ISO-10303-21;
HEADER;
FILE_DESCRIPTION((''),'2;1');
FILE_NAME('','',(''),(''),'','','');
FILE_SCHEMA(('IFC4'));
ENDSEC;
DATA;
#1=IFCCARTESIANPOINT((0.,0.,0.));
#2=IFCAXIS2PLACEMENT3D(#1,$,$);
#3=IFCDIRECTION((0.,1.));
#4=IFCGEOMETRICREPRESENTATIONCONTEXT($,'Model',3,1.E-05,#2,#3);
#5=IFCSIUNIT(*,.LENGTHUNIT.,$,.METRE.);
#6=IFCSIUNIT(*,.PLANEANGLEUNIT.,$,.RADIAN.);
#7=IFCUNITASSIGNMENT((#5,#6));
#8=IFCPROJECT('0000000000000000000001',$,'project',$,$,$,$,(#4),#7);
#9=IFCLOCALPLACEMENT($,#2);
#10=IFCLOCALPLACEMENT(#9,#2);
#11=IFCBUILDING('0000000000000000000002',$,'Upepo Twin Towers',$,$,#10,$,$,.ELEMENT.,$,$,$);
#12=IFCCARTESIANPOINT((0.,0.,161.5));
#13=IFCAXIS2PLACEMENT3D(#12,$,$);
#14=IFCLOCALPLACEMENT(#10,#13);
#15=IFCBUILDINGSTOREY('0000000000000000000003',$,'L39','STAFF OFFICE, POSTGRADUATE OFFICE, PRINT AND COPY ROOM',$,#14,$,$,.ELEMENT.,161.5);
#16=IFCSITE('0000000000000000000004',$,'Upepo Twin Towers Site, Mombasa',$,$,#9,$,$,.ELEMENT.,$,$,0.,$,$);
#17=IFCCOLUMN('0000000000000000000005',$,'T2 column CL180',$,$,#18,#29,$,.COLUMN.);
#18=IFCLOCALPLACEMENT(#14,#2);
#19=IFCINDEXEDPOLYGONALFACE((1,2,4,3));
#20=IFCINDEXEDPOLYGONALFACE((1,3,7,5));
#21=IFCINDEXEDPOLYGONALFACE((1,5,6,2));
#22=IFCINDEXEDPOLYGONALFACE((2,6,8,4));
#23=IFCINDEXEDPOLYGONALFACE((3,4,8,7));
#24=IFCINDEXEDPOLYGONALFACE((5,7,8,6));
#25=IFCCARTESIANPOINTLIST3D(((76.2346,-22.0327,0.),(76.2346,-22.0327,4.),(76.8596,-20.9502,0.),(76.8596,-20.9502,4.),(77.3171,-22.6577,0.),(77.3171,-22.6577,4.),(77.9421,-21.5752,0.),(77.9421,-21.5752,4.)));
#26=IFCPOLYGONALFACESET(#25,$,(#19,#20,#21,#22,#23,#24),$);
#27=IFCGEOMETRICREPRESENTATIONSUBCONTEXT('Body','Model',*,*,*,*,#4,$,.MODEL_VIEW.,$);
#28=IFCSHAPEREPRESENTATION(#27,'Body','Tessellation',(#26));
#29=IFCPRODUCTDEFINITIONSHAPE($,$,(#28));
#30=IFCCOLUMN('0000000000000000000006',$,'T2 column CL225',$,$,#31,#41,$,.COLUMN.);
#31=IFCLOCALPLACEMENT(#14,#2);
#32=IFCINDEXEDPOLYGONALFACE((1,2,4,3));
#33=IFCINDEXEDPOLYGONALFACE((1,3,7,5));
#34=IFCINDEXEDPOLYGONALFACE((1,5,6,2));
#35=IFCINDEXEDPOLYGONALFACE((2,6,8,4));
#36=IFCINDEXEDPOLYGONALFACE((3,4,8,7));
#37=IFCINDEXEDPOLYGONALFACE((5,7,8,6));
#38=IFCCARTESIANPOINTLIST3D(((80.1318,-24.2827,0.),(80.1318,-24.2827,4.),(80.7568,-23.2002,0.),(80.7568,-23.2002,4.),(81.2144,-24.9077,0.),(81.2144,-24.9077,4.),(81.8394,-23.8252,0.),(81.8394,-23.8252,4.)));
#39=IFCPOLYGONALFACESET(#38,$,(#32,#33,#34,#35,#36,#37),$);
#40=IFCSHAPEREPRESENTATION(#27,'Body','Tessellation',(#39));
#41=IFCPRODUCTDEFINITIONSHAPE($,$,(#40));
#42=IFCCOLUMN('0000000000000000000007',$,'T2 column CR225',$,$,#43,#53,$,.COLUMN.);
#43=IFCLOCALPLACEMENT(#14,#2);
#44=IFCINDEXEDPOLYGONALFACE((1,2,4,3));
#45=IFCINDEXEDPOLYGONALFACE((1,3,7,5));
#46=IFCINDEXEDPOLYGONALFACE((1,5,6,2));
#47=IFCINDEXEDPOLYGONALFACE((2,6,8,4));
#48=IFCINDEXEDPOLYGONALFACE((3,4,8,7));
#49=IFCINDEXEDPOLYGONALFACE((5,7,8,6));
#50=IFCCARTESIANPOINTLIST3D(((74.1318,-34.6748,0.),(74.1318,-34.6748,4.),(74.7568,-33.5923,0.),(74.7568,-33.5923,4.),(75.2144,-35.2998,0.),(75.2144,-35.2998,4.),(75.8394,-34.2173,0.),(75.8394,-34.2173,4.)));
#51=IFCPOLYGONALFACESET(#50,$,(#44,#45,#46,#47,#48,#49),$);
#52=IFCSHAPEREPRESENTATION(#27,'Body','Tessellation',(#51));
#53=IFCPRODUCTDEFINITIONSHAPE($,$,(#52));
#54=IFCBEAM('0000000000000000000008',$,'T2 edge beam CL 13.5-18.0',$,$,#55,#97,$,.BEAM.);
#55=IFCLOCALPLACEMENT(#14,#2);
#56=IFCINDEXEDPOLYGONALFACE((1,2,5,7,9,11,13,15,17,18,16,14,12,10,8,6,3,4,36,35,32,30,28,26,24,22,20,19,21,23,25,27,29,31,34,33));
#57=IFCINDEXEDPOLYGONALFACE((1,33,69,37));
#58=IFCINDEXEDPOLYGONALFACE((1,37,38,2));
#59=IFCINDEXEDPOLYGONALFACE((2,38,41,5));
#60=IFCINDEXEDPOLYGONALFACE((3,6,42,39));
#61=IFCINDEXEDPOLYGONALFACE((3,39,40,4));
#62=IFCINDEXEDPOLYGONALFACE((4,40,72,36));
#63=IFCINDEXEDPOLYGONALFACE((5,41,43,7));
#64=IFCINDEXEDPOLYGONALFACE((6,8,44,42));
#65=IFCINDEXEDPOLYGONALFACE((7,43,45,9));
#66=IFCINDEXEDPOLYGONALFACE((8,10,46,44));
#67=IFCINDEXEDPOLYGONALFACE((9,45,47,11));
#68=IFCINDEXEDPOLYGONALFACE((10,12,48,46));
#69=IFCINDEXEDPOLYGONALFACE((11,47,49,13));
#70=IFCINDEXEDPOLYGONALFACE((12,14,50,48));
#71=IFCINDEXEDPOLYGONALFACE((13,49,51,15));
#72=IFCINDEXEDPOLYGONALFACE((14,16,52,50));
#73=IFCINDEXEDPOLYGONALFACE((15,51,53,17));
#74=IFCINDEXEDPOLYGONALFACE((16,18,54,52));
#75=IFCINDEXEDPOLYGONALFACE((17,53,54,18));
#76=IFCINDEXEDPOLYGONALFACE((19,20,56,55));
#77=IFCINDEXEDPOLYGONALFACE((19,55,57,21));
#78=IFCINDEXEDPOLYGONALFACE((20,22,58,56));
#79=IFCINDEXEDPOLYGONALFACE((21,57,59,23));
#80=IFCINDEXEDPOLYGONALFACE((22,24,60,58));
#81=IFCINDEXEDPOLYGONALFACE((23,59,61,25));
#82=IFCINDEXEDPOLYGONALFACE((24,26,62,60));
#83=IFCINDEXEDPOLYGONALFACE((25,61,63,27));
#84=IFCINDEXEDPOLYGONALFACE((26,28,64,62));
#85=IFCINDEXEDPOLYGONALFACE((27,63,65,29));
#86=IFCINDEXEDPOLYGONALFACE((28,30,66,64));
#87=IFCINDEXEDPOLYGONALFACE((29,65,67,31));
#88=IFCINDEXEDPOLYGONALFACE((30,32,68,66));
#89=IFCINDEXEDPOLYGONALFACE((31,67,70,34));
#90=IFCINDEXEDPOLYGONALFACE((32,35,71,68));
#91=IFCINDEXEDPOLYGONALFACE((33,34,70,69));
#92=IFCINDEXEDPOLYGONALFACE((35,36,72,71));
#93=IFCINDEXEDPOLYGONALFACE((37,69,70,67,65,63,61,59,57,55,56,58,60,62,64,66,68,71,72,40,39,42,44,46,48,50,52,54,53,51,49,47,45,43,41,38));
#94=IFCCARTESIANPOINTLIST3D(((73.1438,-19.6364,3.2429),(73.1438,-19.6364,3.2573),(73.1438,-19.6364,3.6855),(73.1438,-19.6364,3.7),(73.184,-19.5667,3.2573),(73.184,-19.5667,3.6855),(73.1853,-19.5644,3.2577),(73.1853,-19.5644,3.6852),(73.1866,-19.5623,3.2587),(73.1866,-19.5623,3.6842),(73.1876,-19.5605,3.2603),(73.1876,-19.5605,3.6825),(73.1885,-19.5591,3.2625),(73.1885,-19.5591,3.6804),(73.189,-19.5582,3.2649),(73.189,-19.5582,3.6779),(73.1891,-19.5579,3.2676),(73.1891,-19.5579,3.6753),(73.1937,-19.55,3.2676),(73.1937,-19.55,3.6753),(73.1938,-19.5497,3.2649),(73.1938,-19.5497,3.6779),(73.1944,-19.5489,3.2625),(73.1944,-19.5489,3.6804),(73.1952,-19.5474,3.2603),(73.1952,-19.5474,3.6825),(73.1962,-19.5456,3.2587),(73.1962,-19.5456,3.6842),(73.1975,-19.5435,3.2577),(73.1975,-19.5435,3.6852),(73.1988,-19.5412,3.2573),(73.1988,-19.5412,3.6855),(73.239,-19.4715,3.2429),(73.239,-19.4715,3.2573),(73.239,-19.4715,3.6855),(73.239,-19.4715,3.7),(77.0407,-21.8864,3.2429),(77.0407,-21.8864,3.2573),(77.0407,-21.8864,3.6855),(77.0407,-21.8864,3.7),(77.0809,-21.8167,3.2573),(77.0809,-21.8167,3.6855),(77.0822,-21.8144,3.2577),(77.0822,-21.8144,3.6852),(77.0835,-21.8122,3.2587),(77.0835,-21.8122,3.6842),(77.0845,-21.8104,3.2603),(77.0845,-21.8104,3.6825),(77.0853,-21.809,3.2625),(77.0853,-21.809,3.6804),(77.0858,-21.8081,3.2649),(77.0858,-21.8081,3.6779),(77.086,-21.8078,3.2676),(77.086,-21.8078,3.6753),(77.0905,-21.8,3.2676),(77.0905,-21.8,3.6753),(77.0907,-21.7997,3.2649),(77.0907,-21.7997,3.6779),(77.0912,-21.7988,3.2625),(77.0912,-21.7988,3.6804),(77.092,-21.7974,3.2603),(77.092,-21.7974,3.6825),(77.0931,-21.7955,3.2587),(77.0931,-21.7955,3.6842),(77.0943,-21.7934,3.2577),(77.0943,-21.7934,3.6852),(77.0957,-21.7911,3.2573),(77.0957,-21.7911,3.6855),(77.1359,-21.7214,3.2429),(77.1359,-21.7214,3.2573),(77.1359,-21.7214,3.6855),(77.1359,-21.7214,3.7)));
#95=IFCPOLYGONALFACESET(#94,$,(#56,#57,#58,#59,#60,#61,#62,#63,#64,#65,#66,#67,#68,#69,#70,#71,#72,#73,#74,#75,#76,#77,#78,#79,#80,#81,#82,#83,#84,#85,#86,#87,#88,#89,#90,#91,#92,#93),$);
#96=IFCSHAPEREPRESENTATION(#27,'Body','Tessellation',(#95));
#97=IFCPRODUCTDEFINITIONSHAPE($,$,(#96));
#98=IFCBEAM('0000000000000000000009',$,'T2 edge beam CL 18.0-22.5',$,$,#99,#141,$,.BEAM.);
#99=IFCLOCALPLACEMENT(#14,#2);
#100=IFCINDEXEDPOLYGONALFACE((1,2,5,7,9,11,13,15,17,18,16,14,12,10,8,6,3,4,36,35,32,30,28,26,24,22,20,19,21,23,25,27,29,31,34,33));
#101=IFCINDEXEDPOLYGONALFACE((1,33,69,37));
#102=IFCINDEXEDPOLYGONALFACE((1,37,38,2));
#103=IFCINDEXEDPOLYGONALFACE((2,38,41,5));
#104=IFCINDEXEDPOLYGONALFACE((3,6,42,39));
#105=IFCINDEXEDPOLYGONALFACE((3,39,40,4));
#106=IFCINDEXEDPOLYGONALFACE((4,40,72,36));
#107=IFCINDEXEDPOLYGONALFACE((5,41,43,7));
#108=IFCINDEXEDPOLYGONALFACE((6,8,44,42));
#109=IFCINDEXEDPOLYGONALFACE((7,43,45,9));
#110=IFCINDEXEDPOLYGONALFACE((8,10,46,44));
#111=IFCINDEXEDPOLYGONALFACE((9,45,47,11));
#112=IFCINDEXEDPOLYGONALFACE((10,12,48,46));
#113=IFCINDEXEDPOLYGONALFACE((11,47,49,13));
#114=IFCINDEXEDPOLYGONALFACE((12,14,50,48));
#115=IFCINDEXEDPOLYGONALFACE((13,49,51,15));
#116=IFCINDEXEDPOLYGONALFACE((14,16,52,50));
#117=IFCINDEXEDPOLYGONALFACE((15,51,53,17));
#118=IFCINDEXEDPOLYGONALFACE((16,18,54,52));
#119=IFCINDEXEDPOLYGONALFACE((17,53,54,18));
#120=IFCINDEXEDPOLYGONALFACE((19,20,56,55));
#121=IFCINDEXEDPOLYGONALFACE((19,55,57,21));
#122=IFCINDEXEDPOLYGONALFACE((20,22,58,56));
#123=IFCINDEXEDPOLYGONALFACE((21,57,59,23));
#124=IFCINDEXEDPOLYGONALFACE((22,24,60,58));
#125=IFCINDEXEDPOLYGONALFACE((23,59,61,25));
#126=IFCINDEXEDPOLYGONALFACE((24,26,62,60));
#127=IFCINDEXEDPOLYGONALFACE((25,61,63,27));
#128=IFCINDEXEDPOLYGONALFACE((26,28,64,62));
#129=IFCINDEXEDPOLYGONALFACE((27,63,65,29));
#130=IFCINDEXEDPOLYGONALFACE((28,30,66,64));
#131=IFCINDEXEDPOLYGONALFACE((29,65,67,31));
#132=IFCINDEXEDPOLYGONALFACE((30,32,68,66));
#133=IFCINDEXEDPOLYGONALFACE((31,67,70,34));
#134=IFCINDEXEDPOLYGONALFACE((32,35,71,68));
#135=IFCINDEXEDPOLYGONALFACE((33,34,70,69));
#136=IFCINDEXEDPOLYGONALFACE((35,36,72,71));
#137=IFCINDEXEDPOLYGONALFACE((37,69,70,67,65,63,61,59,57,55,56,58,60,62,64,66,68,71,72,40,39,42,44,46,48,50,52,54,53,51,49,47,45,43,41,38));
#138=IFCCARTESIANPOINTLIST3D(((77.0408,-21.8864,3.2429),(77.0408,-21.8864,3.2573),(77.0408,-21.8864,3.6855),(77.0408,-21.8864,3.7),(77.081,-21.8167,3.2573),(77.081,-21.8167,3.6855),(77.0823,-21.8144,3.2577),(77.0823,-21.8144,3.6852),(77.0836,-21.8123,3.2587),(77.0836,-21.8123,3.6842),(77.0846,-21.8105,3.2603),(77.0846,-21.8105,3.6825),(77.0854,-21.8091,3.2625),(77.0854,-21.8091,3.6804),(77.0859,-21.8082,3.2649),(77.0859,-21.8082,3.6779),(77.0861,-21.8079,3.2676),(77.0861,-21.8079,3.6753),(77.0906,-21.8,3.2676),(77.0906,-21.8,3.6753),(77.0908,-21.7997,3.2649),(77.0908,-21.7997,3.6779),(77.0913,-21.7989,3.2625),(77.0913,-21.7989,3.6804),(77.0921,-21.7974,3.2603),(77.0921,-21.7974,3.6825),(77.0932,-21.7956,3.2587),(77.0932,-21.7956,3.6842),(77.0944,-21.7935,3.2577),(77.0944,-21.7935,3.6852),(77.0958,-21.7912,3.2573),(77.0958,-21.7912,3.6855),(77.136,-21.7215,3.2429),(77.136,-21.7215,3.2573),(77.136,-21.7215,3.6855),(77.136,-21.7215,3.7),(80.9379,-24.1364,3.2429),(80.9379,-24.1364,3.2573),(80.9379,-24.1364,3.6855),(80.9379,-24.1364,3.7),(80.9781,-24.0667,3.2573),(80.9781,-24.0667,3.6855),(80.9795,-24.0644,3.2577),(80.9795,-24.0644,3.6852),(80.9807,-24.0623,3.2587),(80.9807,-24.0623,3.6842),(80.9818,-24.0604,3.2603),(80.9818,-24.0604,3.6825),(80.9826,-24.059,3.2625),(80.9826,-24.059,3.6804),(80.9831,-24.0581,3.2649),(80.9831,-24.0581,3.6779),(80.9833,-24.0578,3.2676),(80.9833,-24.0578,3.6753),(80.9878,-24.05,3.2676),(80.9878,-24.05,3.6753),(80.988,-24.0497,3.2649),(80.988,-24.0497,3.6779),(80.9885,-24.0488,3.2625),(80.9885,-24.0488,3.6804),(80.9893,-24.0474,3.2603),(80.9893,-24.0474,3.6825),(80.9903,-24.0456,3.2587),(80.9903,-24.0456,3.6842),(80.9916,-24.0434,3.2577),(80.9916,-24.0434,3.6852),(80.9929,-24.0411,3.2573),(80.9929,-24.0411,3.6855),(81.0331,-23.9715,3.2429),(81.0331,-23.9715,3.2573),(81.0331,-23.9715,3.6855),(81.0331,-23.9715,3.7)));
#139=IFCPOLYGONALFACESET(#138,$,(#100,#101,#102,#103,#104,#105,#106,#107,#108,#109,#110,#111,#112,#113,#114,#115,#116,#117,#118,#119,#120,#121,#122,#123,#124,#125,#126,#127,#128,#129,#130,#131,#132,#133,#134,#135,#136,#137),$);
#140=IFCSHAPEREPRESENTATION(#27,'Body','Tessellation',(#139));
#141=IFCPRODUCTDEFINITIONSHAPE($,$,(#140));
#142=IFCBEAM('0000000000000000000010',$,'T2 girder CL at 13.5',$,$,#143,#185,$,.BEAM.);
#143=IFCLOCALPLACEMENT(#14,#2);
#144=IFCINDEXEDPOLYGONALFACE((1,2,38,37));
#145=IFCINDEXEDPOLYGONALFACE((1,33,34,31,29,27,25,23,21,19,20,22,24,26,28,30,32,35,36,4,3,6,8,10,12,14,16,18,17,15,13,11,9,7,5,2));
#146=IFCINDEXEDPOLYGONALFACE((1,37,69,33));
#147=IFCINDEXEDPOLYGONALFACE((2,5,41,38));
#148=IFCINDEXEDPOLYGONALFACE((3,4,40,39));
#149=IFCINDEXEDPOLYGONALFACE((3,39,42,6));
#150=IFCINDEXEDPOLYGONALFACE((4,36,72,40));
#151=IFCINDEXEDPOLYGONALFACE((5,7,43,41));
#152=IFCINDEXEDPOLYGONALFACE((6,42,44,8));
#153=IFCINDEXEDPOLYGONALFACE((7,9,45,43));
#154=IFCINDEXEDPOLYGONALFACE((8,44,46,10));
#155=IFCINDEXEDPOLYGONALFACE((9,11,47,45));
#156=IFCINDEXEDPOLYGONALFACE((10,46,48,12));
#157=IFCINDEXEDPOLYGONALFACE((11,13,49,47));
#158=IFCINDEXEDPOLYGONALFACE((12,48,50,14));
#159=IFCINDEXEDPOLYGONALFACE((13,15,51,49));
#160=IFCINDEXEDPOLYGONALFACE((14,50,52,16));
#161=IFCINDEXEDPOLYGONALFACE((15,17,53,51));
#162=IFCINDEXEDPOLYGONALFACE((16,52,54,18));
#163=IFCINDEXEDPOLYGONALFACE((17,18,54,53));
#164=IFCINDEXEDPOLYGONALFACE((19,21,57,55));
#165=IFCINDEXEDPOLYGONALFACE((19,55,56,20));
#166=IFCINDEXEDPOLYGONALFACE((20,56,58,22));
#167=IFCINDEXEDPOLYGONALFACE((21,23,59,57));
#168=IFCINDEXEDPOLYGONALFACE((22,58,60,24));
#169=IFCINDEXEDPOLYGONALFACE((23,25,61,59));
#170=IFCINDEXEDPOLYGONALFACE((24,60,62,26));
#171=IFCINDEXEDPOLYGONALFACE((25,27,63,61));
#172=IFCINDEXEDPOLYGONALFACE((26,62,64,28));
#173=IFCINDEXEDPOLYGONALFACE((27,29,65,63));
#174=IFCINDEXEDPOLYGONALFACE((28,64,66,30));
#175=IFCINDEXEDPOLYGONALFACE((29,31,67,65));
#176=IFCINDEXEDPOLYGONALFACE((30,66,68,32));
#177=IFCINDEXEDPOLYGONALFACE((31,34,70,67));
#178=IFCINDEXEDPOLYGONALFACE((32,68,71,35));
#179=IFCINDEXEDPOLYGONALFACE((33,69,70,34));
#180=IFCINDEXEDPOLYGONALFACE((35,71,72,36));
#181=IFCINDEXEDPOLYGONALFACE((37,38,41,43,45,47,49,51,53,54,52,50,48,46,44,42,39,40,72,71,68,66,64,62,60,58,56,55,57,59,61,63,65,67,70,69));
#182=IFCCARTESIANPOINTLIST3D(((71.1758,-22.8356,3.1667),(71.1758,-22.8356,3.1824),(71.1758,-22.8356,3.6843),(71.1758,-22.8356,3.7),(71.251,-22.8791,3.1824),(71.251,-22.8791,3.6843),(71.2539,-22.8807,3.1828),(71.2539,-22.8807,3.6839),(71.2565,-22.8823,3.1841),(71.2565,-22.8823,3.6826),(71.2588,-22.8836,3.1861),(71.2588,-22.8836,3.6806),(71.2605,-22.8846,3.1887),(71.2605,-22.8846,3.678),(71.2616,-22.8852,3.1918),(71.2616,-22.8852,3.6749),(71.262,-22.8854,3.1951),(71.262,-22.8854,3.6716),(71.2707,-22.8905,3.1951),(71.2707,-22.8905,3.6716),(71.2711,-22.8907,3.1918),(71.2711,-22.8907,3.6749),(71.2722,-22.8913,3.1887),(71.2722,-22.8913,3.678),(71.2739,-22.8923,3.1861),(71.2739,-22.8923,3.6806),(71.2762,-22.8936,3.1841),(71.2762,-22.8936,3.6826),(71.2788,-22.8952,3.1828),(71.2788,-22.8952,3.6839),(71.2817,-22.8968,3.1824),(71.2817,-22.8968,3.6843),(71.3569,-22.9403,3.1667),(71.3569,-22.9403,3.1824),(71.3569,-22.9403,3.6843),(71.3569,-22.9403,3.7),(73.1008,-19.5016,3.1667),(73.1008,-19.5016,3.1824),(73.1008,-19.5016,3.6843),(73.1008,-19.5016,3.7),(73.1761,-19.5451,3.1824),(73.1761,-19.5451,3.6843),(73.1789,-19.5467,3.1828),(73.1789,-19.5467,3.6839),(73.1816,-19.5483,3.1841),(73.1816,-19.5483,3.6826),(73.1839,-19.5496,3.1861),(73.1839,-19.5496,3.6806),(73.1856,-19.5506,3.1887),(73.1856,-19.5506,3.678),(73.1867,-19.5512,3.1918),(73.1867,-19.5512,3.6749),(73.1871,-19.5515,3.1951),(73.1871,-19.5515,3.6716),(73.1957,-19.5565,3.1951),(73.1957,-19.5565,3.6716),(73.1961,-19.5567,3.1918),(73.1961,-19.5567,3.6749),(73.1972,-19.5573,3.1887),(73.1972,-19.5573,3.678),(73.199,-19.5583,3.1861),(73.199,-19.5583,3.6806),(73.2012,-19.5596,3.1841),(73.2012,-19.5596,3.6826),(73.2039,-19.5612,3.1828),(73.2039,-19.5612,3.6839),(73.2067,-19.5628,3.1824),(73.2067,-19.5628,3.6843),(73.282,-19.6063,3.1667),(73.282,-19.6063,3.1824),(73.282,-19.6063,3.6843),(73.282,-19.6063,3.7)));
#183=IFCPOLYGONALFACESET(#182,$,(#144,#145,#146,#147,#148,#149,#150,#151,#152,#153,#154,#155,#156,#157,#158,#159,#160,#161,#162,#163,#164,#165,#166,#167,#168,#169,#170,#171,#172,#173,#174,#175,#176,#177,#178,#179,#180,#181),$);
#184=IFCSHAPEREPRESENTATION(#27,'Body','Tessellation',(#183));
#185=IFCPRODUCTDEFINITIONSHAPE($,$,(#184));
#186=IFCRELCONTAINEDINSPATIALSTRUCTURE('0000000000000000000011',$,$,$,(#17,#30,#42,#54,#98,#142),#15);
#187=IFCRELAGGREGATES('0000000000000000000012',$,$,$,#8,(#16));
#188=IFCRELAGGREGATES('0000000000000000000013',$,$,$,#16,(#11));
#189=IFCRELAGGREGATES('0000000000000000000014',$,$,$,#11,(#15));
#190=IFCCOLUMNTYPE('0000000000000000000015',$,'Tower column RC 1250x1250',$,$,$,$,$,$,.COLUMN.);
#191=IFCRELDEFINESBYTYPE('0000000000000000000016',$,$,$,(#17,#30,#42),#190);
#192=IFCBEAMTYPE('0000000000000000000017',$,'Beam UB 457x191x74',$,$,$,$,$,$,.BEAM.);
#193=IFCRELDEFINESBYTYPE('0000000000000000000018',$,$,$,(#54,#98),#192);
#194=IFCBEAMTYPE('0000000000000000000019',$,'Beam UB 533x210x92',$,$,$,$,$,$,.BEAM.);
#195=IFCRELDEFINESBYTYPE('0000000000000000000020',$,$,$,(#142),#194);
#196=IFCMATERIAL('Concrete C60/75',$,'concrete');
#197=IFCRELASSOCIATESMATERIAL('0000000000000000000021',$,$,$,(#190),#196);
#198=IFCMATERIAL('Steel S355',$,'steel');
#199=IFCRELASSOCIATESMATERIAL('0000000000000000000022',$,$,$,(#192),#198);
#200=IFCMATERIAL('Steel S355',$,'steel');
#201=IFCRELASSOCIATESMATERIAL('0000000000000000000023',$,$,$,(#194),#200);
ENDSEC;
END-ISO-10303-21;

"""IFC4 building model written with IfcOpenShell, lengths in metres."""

from ifc_helpers import new_model, si_unit, direction, frame, origin, origin_2d, place, context, subcontext, project, spatial, rectangle, i_section, extrude, material, material_profile, profile_set, type_object, element, save


model = new_model("IFC4")

# Units and contexts
model_context = context("Model", 3, precision=1e-05, world=origin(), true_north=direction((0.0, 1.0)))
body_context = subcontext(model_context, "Body", "Model", "MODEL_VIEW")
ifc_project = project(units=[si_unit("LENGTHUNIT", "METRE"), si_unit("PLANEANGLEUNIT", "RADIAN")], contexts=[model_context])

# Site, building, storey
site_placement = place(None, origin())
site = spatial("IfcSite", under=ifc_project, at=site_placement, Name="Upepo Twin Towers Site, Mombasa", CompositionType="ELEMENT", RefElevation=0.0)
building_placement = place(site_placement, origin())
building = spatial("IfcBuilding", under=site, at=building_placement, Name="Upepo Twin Towers", CompositionType="ELEMENT")
storey_placement = place(building_placement, frame((0.0, 0.0, 161.5)))
storey = spatial("IfcBuildingStorey", under=building, at=storey_placement, Name="L39", Description="STAFF OFFICE, POSTGRADUATE OFFICE, PRINT AND COPY ROOM", CompositionType="ELEMENT", Elevation=161.5)

# Columns
ifc_material_1 = material(Name="Concrete C60/75", Category="concrete")
ifc_material_profile_1 = material_profile(ifc_material_1, rectangle(XDim=1.25, YDim=1.25, at=origin_2d()), Name="RC 1250x1250")
ifc_profile_set_1 = profile_set([ifc_material_profile_1], Name="Concrete C60/75")
column_type = type_object("IfcColumnType", Name="Tower column RC 1250x1250", PredefinedType="COLUMN", material=ifc_profile_set_1)
for number, where, z_axis, x_axis, name in (
    (1, (77.0884, -21.804, 0.0), (0.0, 0.0, 1.0), (0.5, 0.866025, 0.0), "T2 column CL180"),
    (2, (80.9856, -24.054, 0.0), (0.0, 0.0, 1.0), (0.5, 0.866025, 0.0), "T2 column CL225"),
    (3, (74.9856, -34.446, 0.0), (0.0, 0.0, 1.0), (0.5, 0.866025, 0.0), "T2 column CR225"),
):
    element("IfcColumn", number, at=place(storey_placement, frame(where, z_axis=z_axis, x_axis=x_axis)), inside=storey, type_object=column_type, Name=name, PredefinedType="COLUMN", context=body_context, shape_type="SweptSolid", body=[
        extrude(rectangle(XDim=1.25, YDim=1.25, at=origin_2d()), origin(), (0.0, 0.0, 1.0), 4.0),
    ])

# Beams
ifc_material_2 = material(Name="Steel S355", Category="steel")
ifc_material_profile_2 = material_profile(ifc_material_2, i_section(OverallWidth=0.1904, OverallDepth=0.457, WebThickness=0.009, FlangeThickness=0.0144, FilletRadius=0.0103, at=origin_2d()), Name="UB 457x191x74")
ifc_profile_set_2 = profile_set([ifc_material_profile_2], Name="Steel S355")
beam_type_1 = type_object("IfcBeamType", Name="Beam UB 457x191x74", PredefinedType="BEAM", material=ifc_profile_set_2)
beam_1_placement = place(storey_placement, frame((73.1914, -19.554, 3.4714), z_axis=(0.866018, -0.500014, 0.0), x_axis=(0.500014, 0.866018, 0.0)))
element("IfcBeam", 4, at=beam_1_placement, inside=storey, type_object=beam_type_1, Name="T2 edge beam CL 13.5-18.0", PredefinedType="BEAM", context=body_context, shape_type="SweptSolid", body=[
    extrude(i_section(OverallWidth=0.1904, OverallDepth=0.457, WebThickness=0.009, FlangeThickness=0.0144, FilletRadius=0.0103, at=origin_2d()), origin(), (0.0, 0.0, 1.0), 4.4998),
])
beam_2_placement = place(storey_placement, frame((77.0884, -21.804, 3.4714), z_axis=(0.866031, -0.49999, 0.0), x_axis=(0.49999, 0.866031, 0.0)))
element("IfcBeam", 5, at=beam_2_placement, inside=storey, type_object=beam_type_1, Name="T2 edge beam CL 18.0-22.5", PredefinedType="BEAM", context=body_context, shape_type="SweptSolid", body=[
    extrude(i_section(OverallWidth=0.1904, OverallDepth=0.457, WebThickness=0.009, FlangeThickness=0.0144, FilletRadius=0.0103, at=origin_2d()), origin(), (0.0, 0.0, 1.0), 4.5),
])
ifc_material_3 = material(Name="Steel S355", Category="steel")
ifc_material_profile_3 = material_profile(ifc_material_3, i_section(OverallWidth=0.2092, OverallDepth=0.5332, WebThickness=0.01, FlangeThickness=0.0156, FilletRadius=0.0127, at=origin_2d()), Name="UB 533x210x92")
ifc_profile_set_3 = profile_set([ifc_material_profile_3], Name="Steel S355")
beam_type_2 = type_object("IfcBeamType", Name="Beam UB 533x210x92", PredefinedType="BEAM", material=ifc_profile_set_3)
beam_3_placement = place(storey_placement, frame((73.1914, -19.554, 3.4333), z_axis=(-0.500034, -0.866006, 0.0), x_axis=(0.866006, -0.500034, 0.0)))
element("IfcBeam", 6, at=beam_3_placement, inside=storey, type_object=beam_type_2, Name="T2 girder CL at 13.5", PredefinedType="BEAM", context=body_context, shape_type="SweptSolid", body=[
    extrude(i_section(OverallWidth=0.2092, OverallDepth=0.5332, WebThickness=0.01, FlangeThickness=0.0156, FilletRadius=0.0127, at=origin_2d()), origin(), (0.0, 0.0, 1.0), 3.8499),
])

save(model, "model.ifc")
